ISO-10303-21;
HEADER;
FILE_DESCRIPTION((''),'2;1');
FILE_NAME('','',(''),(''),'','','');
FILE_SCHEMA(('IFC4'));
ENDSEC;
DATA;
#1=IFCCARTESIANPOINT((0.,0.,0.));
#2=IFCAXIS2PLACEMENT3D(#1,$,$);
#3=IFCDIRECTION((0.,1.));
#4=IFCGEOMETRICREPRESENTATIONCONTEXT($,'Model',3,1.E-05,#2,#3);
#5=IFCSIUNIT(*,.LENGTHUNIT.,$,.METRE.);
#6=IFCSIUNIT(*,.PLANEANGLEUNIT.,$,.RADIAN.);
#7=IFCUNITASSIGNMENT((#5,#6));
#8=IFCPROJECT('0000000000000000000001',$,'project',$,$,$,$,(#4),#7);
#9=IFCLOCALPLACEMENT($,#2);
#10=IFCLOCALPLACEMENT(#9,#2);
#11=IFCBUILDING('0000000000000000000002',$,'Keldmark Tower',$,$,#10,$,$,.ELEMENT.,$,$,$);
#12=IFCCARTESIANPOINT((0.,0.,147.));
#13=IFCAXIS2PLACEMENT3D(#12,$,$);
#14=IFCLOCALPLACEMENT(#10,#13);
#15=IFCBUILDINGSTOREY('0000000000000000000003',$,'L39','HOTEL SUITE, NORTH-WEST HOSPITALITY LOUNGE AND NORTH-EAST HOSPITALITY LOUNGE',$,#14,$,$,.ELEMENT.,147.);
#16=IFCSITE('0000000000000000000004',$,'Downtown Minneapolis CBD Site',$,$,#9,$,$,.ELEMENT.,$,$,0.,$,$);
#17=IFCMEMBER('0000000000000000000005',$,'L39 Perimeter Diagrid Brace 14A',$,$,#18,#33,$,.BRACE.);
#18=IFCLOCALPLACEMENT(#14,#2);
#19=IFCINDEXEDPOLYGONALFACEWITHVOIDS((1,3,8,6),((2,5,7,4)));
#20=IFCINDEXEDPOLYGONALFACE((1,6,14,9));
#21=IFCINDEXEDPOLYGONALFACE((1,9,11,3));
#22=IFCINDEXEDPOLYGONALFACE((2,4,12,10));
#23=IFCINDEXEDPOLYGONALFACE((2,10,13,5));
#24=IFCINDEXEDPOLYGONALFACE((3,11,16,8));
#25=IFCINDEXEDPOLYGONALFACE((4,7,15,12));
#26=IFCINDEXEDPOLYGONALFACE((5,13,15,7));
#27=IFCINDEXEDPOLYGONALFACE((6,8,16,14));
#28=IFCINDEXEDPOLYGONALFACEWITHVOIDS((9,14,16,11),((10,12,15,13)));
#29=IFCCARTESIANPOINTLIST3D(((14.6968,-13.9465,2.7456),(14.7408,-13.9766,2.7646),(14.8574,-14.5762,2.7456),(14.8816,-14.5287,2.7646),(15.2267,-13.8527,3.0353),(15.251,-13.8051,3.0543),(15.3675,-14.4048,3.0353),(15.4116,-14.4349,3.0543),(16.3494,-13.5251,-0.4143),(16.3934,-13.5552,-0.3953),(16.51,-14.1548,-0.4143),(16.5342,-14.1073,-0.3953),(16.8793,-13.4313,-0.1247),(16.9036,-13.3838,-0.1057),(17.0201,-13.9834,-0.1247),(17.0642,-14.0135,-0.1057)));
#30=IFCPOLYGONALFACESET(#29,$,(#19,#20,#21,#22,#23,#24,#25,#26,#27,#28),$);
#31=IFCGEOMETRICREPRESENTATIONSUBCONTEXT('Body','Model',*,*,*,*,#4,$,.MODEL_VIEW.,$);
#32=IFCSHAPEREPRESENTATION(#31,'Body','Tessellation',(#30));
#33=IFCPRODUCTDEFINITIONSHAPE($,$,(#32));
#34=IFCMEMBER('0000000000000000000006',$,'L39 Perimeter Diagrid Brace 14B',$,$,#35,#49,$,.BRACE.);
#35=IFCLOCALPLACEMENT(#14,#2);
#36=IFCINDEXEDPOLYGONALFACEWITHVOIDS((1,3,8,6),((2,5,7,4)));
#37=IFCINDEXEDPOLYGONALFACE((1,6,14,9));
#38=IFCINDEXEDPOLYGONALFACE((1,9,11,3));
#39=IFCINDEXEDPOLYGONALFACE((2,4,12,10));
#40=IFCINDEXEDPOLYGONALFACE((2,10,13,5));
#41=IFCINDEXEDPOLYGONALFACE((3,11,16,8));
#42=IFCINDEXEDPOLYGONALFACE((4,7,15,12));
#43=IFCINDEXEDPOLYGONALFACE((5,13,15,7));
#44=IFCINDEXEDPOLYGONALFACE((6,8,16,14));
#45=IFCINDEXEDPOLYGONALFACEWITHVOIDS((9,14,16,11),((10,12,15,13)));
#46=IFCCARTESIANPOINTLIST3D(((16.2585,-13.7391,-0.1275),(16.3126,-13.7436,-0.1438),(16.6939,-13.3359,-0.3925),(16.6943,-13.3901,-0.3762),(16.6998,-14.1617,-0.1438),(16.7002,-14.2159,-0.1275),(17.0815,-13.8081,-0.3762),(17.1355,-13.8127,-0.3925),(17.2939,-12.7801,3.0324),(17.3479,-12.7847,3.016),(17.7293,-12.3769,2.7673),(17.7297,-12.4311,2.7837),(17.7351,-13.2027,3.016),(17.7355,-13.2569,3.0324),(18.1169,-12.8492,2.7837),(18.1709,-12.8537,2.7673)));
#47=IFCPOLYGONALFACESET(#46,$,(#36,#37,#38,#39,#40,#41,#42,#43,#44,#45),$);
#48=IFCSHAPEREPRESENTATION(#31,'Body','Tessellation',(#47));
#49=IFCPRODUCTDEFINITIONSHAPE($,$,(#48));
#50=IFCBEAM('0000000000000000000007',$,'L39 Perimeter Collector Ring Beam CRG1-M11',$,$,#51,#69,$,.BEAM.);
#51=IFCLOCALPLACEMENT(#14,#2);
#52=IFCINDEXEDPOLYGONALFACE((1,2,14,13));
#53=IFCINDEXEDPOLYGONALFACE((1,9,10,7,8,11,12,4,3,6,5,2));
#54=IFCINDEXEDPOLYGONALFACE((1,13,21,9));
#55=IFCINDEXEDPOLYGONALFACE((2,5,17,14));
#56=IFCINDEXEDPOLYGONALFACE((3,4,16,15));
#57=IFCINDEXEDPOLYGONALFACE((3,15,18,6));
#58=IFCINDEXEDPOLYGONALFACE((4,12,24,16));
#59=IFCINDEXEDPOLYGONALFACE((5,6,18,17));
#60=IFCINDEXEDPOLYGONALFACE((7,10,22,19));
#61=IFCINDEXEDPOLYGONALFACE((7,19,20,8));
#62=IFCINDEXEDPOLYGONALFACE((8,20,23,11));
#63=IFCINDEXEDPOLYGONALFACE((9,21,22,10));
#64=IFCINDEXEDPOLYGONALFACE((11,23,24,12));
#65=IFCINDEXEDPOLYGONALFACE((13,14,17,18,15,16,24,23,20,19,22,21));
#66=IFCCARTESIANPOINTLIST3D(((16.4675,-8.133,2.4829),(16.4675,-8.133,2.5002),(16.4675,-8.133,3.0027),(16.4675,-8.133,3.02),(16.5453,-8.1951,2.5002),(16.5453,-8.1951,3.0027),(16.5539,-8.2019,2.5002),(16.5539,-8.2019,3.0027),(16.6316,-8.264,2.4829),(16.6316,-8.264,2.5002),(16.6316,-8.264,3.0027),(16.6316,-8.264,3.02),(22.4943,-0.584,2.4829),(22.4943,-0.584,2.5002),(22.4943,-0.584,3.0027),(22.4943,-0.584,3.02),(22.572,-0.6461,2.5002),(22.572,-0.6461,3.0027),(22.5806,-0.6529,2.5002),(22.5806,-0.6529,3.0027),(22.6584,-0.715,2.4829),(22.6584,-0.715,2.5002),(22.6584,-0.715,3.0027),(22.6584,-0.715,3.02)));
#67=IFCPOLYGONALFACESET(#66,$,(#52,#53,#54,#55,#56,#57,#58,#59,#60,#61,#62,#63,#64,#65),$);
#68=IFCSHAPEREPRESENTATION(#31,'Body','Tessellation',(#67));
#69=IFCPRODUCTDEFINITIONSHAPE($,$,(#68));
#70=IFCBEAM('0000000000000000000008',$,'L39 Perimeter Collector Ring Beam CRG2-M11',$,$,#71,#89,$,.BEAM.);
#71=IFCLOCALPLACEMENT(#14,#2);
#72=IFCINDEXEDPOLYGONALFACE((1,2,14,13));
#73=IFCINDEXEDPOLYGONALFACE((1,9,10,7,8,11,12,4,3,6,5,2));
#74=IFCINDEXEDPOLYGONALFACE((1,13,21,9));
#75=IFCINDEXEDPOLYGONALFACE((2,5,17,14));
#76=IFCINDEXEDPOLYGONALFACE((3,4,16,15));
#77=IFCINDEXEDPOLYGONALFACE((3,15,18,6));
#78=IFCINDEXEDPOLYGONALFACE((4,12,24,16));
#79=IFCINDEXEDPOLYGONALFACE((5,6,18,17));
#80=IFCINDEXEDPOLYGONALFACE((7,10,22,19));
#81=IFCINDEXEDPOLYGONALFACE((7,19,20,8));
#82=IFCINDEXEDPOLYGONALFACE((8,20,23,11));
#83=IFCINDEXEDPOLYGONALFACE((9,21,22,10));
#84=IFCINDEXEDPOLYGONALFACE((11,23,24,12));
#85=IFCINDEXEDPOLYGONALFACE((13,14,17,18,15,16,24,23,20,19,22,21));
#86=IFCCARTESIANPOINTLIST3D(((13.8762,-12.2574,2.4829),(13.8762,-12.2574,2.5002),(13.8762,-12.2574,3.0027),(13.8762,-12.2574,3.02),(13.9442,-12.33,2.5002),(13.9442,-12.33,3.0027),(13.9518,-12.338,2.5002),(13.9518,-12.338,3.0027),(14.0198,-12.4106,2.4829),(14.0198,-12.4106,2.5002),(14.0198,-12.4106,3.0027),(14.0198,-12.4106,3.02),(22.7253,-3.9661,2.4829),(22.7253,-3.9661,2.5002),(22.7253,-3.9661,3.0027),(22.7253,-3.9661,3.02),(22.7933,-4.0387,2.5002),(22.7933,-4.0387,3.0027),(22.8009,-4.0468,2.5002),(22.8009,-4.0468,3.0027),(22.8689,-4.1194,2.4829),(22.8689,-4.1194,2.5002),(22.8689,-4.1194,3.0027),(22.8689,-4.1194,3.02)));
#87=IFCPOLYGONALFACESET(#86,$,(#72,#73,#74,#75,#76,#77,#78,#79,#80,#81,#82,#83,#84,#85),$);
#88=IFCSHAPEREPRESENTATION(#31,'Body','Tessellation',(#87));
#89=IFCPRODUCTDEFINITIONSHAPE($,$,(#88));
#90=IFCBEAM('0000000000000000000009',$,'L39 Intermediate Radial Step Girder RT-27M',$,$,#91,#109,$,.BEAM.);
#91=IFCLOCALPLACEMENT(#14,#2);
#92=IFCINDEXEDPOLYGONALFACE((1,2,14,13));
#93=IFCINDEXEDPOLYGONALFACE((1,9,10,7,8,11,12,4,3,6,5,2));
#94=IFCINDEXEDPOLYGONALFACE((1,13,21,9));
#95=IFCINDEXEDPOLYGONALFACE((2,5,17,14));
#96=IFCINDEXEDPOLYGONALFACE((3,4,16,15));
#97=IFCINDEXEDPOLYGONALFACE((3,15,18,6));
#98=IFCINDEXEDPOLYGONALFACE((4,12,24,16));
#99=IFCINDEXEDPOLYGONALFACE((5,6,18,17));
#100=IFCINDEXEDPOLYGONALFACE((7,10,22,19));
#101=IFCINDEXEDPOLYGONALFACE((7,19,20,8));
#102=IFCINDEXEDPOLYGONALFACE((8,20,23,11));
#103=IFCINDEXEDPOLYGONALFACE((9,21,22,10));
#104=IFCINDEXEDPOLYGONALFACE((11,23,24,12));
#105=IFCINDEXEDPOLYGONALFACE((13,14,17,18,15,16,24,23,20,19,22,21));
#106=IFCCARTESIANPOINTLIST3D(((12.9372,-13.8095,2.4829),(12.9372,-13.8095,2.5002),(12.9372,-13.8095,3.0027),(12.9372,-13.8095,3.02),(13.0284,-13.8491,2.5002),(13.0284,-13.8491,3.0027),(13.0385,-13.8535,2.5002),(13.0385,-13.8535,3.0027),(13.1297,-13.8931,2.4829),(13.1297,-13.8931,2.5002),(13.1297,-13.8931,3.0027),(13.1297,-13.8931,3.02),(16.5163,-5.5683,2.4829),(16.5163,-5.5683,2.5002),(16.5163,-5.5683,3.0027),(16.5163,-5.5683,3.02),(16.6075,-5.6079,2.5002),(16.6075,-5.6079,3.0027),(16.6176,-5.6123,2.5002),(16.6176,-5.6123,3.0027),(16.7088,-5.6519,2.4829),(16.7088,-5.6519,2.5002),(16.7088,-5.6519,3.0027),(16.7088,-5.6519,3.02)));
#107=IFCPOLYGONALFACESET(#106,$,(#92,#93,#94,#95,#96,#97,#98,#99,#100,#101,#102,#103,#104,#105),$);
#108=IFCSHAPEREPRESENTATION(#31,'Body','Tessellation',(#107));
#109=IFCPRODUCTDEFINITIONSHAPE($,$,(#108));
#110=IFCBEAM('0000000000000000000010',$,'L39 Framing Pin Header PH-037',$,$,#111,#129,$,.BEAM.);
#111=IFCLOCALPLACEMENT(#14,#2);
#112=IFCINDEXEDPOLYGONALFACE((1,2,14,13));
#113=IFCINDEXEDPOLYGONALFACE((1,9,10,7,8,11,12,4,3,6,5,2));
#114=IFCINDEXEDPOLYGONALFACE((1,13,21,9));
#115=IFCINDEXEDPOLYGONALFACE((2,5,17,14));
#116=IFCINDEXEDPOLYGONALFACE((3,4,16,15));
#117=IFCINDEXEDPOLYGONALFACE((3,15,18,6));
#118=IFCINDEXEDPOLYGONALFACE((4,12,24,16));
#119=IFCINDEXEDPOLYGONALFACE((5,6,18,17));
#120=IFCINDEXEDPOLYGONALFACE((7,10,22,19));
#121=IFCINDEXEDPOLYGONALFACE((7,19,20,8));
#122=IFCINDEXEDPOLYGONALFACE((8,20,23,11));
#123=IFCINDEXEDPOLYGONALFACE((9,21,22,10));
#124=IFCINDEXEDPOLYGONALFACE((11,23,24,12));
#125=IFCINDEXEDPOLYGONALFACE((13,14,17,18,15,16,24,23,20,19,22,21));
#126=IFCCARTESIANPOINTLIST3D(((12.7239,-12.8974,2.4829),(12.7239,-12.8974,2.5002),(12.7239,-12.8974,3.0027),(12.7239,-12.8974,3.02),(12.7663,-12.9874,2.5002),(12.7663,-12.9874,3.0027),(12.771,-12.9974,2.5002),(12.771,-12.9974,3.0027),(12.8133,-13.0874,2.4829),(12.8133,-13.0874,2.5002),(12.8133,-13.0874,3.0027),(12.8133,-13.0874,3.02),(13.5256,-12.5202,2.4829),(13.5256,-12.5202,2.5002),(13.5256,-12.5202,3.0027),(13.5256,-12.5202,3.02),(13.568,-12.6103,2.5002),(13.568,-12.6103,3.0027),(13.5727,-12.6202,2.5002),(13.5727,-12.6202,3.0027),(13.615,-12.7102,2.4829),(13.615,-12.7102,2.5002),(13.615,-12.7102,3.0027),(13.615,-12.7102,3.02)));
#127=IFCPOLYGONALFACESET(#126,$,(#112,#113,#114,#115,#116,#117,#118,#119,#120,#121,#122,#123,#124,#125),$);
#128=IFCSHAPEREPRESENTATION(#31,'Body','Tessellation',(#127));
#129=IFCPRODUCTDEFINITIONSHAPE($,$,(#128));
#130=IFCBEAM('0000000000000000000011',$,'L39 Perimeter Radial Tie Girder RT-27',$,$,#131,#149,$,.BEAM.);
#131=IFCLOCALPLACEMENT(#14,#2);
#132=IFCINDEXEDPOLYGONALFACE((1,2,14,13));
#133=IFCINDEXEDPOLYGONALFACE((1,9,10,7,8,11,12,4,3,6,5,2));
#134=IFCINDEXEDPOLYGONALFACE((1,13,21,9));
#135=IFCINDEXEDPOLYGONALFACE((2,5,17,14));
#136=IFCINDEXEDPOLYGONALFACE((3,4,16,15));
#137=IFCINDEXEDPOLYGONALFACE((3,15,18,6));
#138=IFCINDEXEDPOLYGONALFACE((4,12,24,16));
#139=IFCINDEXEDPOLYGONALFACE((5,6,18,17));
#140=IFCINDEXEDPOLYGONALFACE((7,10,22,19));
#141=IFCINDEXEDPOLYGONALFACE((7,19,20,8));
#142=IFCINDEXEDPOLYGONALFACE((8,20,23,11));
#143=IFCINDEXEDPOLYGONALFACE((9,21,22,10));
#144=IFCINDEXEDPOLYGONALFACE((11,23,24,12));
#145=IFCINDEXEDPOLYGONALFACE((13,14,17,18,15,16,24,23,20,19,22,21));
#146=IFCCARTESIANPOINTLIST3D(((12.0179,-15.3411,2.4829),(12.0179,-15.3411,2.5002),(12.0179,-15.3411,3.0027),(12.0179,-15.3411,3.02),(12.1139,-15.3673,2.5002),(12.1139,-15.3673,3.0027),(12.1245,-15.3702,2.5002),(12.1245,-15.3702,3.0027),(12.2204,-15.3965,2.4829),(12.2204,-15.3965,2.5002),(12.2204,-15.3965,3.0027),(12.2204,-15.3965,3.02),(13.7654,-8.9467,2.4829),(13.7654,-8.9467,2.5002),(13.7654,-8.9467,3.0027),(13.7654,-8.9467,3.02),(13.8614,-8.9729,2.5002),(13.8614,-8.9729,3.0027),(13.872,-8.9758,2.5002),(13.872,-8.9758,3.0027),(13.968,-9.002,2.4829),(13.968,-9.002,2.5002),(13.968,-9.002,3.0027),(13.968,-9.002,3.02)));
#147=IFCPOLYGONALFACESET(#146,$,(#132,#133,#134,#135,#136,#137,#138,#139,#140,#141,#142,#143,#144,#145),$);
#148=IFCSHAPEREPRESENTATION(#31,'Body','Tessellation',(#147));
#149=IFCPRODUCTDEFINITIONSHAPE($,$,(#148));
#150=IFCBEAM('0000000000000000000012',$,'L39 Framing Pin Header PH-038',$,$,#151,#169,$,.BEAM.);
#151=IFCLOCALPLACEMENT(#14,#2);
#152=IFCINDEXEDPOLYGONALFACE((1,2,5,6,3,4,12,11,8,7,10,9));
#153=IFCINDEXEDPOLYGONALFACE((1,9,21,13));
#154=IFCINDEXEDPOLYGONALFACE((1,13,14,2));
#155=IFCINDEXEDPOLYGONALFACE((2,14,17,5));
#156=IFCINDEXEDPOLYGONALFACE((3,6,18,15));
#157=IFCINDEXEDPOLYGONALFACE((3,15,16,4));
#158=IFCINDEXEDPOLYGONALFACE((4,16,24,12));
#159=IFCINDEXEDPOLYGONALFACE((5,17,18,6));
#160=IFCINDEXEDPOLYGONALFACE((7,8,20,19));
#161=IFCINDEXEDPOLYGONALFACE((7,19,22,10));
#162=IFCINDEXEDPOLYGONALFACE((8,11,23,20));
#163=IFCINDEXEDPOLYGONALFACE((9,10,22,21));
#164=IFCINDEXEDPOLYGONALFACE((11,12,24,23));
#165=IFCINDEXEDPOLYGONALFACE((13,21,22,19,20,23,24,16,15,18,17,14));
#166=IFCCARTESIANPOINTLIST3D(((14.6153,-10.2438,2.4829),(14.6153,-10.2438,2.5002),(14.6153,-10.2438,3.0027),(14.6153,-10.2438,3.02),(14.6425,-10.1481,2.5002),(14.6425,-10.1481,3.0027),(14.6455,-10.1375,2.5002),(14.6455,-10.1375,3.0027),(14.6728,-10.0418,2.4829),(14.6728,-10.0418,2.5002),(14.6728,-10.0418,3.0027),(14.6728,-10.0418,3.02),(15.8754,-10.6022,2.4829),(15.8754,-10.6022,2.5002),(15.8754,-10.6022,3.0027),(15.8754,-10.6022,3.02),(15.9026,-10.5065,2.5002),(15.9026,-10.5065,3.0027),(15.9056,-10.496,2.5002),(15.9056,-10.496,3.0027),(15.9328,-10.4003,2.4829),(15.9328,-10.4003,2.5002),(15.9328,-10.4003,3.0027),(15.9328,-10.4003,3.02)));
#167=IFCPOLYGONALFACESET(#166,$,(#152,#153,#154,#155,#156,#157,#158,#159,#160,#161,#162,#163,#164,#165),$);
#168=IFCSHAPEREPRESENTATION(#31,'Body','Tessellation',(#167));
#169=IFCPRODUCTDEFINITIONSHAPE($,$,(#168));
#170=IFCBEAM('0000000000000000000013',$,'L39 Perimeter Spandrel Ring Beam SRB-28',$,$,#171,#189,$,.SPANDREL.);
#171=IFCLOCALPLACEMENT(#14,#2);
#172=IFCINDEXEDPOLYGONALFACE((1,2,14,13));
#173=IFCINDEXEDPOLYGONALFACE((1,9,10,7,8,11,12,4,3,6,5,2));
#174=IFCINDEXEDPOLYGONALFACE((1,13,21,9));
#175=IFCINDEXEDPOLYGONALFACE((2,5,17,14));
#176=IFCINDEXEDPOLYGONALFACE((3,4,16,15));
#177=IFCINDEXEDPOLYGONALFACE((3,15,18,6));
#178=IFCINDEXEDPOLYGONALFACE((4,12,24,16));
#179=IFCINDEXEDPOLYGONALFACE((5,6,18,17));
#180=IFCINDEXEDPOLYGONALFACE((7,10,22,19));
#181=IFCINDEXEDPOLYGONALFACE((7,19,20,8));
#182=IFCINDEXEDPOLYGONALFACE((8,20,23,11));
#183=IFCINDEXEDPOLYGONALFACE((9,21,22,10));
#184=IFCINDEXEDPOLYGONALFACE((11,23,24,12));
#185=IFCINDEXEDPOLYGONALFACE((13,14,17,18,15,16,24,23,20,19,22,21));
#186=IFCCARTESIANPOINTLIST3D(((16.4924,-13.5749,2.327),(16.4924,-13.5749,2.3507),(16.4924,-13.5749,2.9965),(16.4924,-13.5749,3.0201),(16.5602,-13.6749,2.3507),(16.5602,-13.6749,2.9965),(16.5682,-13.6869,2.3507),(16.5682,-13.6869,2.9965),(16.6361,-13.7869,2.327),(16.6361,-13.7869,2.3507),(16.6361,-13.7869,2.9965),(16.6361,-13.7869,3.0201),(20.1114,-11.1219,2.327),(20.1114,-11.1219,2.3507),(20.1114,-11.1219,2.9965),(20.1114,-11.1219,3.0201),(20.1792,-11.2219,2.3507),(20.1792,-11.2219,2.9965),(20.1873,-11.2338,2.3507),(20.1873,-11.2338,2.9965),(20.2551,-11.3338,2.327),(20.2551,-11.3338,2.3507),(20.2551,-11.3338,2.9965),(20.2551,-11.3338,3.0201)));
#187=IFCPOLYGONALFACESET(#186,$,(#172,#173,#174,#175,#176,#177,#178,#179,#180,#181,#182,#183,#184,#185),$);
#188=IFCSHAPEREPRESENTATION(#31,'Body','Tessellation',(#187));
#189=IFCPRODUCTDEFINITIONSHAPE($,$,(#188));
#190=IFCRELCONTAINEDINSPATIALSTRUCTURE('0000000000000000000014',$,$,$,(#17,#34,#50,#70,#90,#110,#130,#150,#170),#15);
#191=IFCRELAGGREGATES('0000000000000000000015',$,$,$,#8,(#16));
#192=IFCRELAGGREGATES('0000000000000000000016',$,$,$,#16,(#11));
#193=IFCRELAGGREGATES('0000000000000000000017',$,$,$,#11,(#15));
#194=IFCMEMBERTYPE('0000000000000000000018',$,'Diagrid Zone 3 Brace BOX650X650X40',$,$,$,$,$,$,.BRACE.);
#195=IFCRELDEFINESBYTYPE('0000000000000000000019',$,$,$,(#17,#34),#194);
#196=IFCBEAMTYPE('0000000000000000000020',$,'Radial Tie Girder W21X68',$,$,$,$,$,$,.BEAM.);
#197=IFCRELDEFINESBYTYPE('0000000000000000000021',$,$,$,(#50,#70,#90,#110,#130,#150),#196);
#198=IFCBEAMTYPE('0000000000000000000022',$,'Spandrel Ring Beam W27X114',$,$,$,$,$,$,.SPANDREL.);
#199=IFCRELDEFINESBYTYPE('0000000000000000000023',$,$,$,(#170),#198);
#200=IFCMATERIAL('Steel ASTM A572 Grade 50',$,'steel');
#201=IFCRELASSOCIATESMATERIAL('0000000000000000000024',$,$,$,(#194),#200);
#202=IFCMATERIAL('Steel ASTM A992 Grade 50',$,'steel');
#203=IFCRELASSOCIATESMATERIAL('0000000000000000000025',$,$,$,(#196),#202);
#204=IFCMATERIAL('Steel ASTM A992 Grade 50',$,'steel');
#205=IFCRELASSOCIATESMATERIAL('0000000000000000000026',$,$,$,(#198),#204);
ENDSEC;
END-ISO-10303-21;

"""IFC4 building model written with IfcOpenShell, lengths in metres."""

from ifc_helpers import new_model, si_unit, direction, frame, origin, origin_2d, place, context, subcontext, project, spatial, hollow_rectangle, i_section, extrude, material, material_profile, profile_set, type_object, element, save


model = new_model("IFC4")

# Units and contexts
model_context = context("Model", 3, precision=1e-05, world=origin(), true_north=direction((0.0, 1.0)))
body_context = subcontext(model_context, "Body", "Model", "MODEL_VIEW")
ifc_project = project(units=[si_unit("LENGTHUNIT", "METRE"), si_unit("PLANEANGLEUNIT", "RADIAN")], contexts=[model_context])

# Site, building, storey
site_placement = place(None, origin())
site = spatial("IfcSite", under=ifc_project, at=site_placement, Name="Downtown Minneapolis CBD Site", CompositionType="ELEMENT", RefElevation=0.0)
building_placement = place(site_placement, origin())
building = spatial("IfcBuilding", under=site, at=building_placement, Name="Keldmark Tower", CompositionType="ELEMENT")
storey_placement = place(building_placement, frame((0.0, 0.0, 147.0)))
storey = spatial("IfcBuildingStorey", under=building, at=storey_placement, Name="L39", Description="HOTEL SUITE, NORTH-WEST HOSPITALITY LOUNGE AND NORTH-EAST HOSPITALITY LOUNGE", CompositionType="ELEMENT", Elevation=147.0)

# Members
ifc_material_1 = material(Name="Steel ASTM A572 Grade 50", Category="steel")
ifc_material_profile_1 = material_profile(ifc_material_1, hollow_rectangle(XDim=0.6499, YDim=0.6499, WallThickness=0.04, at=origin_2d()), Name="BOX650X650X40")
ifc_profile_set_1 = profile_set([ifc_material_profile_1], Name="Steel ASTM A572 Grade 50")
member_type = type_object("IfcMemberType", Name="Diagrid Zone 3 Brace BOX650X650X40", PredefinedType="BRACE", material=ifc_profile_set_1)
member_1_placement = place(storey_placement, frame((16.7068, -13.7693, -0.26), z_axis=(-0.460232, -0.117353, 0.880009), x_axis=(0.24708, -0.968995, 0.0)))
element("IfcMember", 1, at=member_1_placement, inside=storey, type_object=member_type, Name="L39 Perimeter Diagrid Brace 14A", PredefinedType="BRACE", context=body_context, shape_type="SweptSolid", body=[
    extrude(hollow_rectangle(XDim=0.6499, YDim=0.6499, WallThickness=0.04, at=origin_2d()), origin(), (0.0, 0.0, 1.0), 3.5908),
])
member_2_placement = place(storey_placement, frame((16.697, -13.7759, -0.26), z_axis=(0.299184, 0.277104, 0.913073), x_axis=(-0.679515, 0.733662, 0.0)))
element("IfcMember", 2, at=member_2_placement, inside=storey, type_object=member_type, Name="L39 Perimeter Diagrid Brace 14B", PredefinedType="BRACE", context=body_context, shape_type="SweptSolid", body=[
    extrude(hollow_rectangle(XDim=0.6499, YDim=0.6499, WallThickness=0.04, at=origin_2d()), origin(), (0.0, 0.0, 1.0), 3.4607),
])

# Beams
ifc_material_2 = material(Name="Steel ASTM A992 Grade 50", Category="steel")
ifc_material_profile_2 = material_profile(ifc_material_2, i_section(OverallWidth=0.21, OverallDepth=0.5371, WebThickness=0.011, FlangeThickness=0.0173, at=origin_2d()), Name="W21X68")
ifc_profile_set_2 = profile_set([ifc_material_profile_2], Name="Steel ASTM A992 Grade 50")
beam_type_1 = type_object("IfcBeamType", Name="Radial Tie Girder W21X68", PredefinedType="BEAM", material=ifc_profile_set_2)
beam_1_placement = place(storey_placement, frame((16.5496, -8.1985, 2.7515), z_axis=(0.623912, 0.781495, 0.0), x_axis=(-0.781495, 0.623912, 0.0)))
element("IfcBeam", 3, at=beam_1_placement, inside=storey, type_object=beam_type_1, Name="L39 Perimeter Collector Ring Beam CRG1-M11", PredefinedType="BEAM", context=body_context, shape_type="SweptSolid", body=[
    extrude(i_section(OverallWidth=0.21, OverallDepth=0.5371, WebThickness=0.011, FlangeThickness=0.0173, at=origin_2d()), origin(), (0.0, 0.0, 1.0), 9.6597),
])
beam_2_placement = place(storey_placement, frame((13.948, -12.334, 2.7515), z_axis=(0.729734, 0.683731, 0.0), x_axis=(-0.683731, 0.729734, 0.0)))
element("IfcBeam", 4, at=beam_2_placement, inside=storey, type_object=beam_type_1, Name="L39 Perimeter Collector Ring Beam CRG2-M11", PredefinedType="BEAM", context=body_context, shape_type="SweptSolid", body=[
    extrude(i_section(OverallWidth=0.21, OverallDepth=0.5371, WebThickness=0.011, FlangeThickness=0.0173, at=origin_2d()), origin(), (0.0, 0.0, 1.0), 12.1265),
])
beam_3_placement = place(storey_placement, frame((16.6125, -5.6101, 2.7515), z_axis=(-0.398349, -0.917234, 0.0), x_axis=(0.917234, -0.398349, 0.0)))
element("IfcBeam", 5, at=beam_3_placement, inside=storey, type_object=beam_type_1, Name="L39 Intermediate Radial Step Girder RT-27M", PredefinedType="BEAM", context=body_context, shape_type="SweptSolid", body=[
    extrude(i_section(OverallWidth=0.21, OverallDepth=0.5371, WebThickness=0.011, FlangeThickness=0.0173, at=origin_2d()), origin(), (0.0, 0.0, 1.0), 8.9849),
])
beam_4_placement = place(storey_placement, frame((13.5703, -12.6152, 2.7515), z_axis=(-0.904862, -0.425704, 0.0), x_axis=(0.425704, -0.904862, 0.0)))
element("IfcBeam", 6, at=beam_4_placement, inside=storey, type_object=beam_type_1, Name="L39 Framing Pin Header PH-037", PredefinedType="BEAM", context=body_context, shape_type="SweptSolid", body=[
    extrude(i_section(OverallWidth=0.21, OverallDepth=0.5371, WebThickness=0.011, FlangeThickness=0.0173, at=origin_2d()), origin(), (0.0, 0.0, 1.0), 0.886),
])
beam_5_placement = place(storey_placement, frame((13.8667, -8.9744, 2.7515), z_axis=(-0.263622, -0.964626, 0.0), x_axis=(0.964626, -0.263622, 0.0)))
element("IfcBeam", 7, at=beam_5_placement, inside=storey, type_object=beam_type_1, Name="L39 Perimeter Radial Tie Girder RT-27", PredefinedType="BEAM", context=body_context, shape_type="SweptSolid", body=[
    extrude(i_section(OverallWidth=0.21, OverallDepth=0.5371, WebThickness=0.011, FlangeThickness=0.0173, at=origin_2d()), origin(), (0.0, 0.0, 1.0), 6.6289),
])
beam_6_placement = place(storey_placement, frame((14.644, -10.1428, 2.7515), z_axis=(0.961847, -0.273589, 0.0), x_axis=(0.273589, 0.961847, 0.0)))
element("IfcBeam", 8, at=beam_6_placement, inside=storey, type_object=beam_type_1, Name="L39 Framing Pin Header PH-038", PredefinedType="BEAM", context=body_context, shape_type="SweptSolid", body=[
    extrude(i_section(OverallWidth=0.21, OverallDepth=0.5371, WebThickness=0.011, FlangeThickness=0.0173, at=origin_2d()), origin(), (0.0, 0.0, 1.0), 1.3101),
])
ifc_material_3 = material(Name="Steel ASTM A992 Grade 50", Category="steel")
ifc_material_profile_3 = material_profile(ifc_material_3, i_section(OverallWidth=0.2561, OverallDepth=0.6931, WebThickness=0.0144, FlangeThickness=0.0237, at=origin_2d()), Name="W27X114")
ifc_profile_set_3 = profile_set([ifc_material_profile_3], Name="Steel ASTM A992 Grade 50")
beam_type_2 = type_object("IfcBeamType", Name="Spandrel Ring Beam W27X114", PredefinedType="SPANDREL", material=ifc_profile_set_3)
beam_7_placement = place(storey_placement, frame((16.5642, -13.6809, 2.6736), z_axis=(0.827765, 0.561075, 0.0), x_axis=(-0.561075, 0.827765, 0.0)))
element("IfcBeam", 9, at=beam_7_placement, inside=storey, type_object=beam_type_2, Name="L39 Perimeter Spandrel Ring Beam SRB-28", PredefinedType="SPANDREL", context=body_context, shape_type="SweptSolid", body=[
    extrude(i_section(OverallWidth=0.2561, OverallDepth=0.6931, WebThickness=0.0144, FlangeThickness=0.0237, at=origin_2d()), origin(), (0.0, 0.0, 1.0), 4.3721),
])

save(model, "model.ifc")
